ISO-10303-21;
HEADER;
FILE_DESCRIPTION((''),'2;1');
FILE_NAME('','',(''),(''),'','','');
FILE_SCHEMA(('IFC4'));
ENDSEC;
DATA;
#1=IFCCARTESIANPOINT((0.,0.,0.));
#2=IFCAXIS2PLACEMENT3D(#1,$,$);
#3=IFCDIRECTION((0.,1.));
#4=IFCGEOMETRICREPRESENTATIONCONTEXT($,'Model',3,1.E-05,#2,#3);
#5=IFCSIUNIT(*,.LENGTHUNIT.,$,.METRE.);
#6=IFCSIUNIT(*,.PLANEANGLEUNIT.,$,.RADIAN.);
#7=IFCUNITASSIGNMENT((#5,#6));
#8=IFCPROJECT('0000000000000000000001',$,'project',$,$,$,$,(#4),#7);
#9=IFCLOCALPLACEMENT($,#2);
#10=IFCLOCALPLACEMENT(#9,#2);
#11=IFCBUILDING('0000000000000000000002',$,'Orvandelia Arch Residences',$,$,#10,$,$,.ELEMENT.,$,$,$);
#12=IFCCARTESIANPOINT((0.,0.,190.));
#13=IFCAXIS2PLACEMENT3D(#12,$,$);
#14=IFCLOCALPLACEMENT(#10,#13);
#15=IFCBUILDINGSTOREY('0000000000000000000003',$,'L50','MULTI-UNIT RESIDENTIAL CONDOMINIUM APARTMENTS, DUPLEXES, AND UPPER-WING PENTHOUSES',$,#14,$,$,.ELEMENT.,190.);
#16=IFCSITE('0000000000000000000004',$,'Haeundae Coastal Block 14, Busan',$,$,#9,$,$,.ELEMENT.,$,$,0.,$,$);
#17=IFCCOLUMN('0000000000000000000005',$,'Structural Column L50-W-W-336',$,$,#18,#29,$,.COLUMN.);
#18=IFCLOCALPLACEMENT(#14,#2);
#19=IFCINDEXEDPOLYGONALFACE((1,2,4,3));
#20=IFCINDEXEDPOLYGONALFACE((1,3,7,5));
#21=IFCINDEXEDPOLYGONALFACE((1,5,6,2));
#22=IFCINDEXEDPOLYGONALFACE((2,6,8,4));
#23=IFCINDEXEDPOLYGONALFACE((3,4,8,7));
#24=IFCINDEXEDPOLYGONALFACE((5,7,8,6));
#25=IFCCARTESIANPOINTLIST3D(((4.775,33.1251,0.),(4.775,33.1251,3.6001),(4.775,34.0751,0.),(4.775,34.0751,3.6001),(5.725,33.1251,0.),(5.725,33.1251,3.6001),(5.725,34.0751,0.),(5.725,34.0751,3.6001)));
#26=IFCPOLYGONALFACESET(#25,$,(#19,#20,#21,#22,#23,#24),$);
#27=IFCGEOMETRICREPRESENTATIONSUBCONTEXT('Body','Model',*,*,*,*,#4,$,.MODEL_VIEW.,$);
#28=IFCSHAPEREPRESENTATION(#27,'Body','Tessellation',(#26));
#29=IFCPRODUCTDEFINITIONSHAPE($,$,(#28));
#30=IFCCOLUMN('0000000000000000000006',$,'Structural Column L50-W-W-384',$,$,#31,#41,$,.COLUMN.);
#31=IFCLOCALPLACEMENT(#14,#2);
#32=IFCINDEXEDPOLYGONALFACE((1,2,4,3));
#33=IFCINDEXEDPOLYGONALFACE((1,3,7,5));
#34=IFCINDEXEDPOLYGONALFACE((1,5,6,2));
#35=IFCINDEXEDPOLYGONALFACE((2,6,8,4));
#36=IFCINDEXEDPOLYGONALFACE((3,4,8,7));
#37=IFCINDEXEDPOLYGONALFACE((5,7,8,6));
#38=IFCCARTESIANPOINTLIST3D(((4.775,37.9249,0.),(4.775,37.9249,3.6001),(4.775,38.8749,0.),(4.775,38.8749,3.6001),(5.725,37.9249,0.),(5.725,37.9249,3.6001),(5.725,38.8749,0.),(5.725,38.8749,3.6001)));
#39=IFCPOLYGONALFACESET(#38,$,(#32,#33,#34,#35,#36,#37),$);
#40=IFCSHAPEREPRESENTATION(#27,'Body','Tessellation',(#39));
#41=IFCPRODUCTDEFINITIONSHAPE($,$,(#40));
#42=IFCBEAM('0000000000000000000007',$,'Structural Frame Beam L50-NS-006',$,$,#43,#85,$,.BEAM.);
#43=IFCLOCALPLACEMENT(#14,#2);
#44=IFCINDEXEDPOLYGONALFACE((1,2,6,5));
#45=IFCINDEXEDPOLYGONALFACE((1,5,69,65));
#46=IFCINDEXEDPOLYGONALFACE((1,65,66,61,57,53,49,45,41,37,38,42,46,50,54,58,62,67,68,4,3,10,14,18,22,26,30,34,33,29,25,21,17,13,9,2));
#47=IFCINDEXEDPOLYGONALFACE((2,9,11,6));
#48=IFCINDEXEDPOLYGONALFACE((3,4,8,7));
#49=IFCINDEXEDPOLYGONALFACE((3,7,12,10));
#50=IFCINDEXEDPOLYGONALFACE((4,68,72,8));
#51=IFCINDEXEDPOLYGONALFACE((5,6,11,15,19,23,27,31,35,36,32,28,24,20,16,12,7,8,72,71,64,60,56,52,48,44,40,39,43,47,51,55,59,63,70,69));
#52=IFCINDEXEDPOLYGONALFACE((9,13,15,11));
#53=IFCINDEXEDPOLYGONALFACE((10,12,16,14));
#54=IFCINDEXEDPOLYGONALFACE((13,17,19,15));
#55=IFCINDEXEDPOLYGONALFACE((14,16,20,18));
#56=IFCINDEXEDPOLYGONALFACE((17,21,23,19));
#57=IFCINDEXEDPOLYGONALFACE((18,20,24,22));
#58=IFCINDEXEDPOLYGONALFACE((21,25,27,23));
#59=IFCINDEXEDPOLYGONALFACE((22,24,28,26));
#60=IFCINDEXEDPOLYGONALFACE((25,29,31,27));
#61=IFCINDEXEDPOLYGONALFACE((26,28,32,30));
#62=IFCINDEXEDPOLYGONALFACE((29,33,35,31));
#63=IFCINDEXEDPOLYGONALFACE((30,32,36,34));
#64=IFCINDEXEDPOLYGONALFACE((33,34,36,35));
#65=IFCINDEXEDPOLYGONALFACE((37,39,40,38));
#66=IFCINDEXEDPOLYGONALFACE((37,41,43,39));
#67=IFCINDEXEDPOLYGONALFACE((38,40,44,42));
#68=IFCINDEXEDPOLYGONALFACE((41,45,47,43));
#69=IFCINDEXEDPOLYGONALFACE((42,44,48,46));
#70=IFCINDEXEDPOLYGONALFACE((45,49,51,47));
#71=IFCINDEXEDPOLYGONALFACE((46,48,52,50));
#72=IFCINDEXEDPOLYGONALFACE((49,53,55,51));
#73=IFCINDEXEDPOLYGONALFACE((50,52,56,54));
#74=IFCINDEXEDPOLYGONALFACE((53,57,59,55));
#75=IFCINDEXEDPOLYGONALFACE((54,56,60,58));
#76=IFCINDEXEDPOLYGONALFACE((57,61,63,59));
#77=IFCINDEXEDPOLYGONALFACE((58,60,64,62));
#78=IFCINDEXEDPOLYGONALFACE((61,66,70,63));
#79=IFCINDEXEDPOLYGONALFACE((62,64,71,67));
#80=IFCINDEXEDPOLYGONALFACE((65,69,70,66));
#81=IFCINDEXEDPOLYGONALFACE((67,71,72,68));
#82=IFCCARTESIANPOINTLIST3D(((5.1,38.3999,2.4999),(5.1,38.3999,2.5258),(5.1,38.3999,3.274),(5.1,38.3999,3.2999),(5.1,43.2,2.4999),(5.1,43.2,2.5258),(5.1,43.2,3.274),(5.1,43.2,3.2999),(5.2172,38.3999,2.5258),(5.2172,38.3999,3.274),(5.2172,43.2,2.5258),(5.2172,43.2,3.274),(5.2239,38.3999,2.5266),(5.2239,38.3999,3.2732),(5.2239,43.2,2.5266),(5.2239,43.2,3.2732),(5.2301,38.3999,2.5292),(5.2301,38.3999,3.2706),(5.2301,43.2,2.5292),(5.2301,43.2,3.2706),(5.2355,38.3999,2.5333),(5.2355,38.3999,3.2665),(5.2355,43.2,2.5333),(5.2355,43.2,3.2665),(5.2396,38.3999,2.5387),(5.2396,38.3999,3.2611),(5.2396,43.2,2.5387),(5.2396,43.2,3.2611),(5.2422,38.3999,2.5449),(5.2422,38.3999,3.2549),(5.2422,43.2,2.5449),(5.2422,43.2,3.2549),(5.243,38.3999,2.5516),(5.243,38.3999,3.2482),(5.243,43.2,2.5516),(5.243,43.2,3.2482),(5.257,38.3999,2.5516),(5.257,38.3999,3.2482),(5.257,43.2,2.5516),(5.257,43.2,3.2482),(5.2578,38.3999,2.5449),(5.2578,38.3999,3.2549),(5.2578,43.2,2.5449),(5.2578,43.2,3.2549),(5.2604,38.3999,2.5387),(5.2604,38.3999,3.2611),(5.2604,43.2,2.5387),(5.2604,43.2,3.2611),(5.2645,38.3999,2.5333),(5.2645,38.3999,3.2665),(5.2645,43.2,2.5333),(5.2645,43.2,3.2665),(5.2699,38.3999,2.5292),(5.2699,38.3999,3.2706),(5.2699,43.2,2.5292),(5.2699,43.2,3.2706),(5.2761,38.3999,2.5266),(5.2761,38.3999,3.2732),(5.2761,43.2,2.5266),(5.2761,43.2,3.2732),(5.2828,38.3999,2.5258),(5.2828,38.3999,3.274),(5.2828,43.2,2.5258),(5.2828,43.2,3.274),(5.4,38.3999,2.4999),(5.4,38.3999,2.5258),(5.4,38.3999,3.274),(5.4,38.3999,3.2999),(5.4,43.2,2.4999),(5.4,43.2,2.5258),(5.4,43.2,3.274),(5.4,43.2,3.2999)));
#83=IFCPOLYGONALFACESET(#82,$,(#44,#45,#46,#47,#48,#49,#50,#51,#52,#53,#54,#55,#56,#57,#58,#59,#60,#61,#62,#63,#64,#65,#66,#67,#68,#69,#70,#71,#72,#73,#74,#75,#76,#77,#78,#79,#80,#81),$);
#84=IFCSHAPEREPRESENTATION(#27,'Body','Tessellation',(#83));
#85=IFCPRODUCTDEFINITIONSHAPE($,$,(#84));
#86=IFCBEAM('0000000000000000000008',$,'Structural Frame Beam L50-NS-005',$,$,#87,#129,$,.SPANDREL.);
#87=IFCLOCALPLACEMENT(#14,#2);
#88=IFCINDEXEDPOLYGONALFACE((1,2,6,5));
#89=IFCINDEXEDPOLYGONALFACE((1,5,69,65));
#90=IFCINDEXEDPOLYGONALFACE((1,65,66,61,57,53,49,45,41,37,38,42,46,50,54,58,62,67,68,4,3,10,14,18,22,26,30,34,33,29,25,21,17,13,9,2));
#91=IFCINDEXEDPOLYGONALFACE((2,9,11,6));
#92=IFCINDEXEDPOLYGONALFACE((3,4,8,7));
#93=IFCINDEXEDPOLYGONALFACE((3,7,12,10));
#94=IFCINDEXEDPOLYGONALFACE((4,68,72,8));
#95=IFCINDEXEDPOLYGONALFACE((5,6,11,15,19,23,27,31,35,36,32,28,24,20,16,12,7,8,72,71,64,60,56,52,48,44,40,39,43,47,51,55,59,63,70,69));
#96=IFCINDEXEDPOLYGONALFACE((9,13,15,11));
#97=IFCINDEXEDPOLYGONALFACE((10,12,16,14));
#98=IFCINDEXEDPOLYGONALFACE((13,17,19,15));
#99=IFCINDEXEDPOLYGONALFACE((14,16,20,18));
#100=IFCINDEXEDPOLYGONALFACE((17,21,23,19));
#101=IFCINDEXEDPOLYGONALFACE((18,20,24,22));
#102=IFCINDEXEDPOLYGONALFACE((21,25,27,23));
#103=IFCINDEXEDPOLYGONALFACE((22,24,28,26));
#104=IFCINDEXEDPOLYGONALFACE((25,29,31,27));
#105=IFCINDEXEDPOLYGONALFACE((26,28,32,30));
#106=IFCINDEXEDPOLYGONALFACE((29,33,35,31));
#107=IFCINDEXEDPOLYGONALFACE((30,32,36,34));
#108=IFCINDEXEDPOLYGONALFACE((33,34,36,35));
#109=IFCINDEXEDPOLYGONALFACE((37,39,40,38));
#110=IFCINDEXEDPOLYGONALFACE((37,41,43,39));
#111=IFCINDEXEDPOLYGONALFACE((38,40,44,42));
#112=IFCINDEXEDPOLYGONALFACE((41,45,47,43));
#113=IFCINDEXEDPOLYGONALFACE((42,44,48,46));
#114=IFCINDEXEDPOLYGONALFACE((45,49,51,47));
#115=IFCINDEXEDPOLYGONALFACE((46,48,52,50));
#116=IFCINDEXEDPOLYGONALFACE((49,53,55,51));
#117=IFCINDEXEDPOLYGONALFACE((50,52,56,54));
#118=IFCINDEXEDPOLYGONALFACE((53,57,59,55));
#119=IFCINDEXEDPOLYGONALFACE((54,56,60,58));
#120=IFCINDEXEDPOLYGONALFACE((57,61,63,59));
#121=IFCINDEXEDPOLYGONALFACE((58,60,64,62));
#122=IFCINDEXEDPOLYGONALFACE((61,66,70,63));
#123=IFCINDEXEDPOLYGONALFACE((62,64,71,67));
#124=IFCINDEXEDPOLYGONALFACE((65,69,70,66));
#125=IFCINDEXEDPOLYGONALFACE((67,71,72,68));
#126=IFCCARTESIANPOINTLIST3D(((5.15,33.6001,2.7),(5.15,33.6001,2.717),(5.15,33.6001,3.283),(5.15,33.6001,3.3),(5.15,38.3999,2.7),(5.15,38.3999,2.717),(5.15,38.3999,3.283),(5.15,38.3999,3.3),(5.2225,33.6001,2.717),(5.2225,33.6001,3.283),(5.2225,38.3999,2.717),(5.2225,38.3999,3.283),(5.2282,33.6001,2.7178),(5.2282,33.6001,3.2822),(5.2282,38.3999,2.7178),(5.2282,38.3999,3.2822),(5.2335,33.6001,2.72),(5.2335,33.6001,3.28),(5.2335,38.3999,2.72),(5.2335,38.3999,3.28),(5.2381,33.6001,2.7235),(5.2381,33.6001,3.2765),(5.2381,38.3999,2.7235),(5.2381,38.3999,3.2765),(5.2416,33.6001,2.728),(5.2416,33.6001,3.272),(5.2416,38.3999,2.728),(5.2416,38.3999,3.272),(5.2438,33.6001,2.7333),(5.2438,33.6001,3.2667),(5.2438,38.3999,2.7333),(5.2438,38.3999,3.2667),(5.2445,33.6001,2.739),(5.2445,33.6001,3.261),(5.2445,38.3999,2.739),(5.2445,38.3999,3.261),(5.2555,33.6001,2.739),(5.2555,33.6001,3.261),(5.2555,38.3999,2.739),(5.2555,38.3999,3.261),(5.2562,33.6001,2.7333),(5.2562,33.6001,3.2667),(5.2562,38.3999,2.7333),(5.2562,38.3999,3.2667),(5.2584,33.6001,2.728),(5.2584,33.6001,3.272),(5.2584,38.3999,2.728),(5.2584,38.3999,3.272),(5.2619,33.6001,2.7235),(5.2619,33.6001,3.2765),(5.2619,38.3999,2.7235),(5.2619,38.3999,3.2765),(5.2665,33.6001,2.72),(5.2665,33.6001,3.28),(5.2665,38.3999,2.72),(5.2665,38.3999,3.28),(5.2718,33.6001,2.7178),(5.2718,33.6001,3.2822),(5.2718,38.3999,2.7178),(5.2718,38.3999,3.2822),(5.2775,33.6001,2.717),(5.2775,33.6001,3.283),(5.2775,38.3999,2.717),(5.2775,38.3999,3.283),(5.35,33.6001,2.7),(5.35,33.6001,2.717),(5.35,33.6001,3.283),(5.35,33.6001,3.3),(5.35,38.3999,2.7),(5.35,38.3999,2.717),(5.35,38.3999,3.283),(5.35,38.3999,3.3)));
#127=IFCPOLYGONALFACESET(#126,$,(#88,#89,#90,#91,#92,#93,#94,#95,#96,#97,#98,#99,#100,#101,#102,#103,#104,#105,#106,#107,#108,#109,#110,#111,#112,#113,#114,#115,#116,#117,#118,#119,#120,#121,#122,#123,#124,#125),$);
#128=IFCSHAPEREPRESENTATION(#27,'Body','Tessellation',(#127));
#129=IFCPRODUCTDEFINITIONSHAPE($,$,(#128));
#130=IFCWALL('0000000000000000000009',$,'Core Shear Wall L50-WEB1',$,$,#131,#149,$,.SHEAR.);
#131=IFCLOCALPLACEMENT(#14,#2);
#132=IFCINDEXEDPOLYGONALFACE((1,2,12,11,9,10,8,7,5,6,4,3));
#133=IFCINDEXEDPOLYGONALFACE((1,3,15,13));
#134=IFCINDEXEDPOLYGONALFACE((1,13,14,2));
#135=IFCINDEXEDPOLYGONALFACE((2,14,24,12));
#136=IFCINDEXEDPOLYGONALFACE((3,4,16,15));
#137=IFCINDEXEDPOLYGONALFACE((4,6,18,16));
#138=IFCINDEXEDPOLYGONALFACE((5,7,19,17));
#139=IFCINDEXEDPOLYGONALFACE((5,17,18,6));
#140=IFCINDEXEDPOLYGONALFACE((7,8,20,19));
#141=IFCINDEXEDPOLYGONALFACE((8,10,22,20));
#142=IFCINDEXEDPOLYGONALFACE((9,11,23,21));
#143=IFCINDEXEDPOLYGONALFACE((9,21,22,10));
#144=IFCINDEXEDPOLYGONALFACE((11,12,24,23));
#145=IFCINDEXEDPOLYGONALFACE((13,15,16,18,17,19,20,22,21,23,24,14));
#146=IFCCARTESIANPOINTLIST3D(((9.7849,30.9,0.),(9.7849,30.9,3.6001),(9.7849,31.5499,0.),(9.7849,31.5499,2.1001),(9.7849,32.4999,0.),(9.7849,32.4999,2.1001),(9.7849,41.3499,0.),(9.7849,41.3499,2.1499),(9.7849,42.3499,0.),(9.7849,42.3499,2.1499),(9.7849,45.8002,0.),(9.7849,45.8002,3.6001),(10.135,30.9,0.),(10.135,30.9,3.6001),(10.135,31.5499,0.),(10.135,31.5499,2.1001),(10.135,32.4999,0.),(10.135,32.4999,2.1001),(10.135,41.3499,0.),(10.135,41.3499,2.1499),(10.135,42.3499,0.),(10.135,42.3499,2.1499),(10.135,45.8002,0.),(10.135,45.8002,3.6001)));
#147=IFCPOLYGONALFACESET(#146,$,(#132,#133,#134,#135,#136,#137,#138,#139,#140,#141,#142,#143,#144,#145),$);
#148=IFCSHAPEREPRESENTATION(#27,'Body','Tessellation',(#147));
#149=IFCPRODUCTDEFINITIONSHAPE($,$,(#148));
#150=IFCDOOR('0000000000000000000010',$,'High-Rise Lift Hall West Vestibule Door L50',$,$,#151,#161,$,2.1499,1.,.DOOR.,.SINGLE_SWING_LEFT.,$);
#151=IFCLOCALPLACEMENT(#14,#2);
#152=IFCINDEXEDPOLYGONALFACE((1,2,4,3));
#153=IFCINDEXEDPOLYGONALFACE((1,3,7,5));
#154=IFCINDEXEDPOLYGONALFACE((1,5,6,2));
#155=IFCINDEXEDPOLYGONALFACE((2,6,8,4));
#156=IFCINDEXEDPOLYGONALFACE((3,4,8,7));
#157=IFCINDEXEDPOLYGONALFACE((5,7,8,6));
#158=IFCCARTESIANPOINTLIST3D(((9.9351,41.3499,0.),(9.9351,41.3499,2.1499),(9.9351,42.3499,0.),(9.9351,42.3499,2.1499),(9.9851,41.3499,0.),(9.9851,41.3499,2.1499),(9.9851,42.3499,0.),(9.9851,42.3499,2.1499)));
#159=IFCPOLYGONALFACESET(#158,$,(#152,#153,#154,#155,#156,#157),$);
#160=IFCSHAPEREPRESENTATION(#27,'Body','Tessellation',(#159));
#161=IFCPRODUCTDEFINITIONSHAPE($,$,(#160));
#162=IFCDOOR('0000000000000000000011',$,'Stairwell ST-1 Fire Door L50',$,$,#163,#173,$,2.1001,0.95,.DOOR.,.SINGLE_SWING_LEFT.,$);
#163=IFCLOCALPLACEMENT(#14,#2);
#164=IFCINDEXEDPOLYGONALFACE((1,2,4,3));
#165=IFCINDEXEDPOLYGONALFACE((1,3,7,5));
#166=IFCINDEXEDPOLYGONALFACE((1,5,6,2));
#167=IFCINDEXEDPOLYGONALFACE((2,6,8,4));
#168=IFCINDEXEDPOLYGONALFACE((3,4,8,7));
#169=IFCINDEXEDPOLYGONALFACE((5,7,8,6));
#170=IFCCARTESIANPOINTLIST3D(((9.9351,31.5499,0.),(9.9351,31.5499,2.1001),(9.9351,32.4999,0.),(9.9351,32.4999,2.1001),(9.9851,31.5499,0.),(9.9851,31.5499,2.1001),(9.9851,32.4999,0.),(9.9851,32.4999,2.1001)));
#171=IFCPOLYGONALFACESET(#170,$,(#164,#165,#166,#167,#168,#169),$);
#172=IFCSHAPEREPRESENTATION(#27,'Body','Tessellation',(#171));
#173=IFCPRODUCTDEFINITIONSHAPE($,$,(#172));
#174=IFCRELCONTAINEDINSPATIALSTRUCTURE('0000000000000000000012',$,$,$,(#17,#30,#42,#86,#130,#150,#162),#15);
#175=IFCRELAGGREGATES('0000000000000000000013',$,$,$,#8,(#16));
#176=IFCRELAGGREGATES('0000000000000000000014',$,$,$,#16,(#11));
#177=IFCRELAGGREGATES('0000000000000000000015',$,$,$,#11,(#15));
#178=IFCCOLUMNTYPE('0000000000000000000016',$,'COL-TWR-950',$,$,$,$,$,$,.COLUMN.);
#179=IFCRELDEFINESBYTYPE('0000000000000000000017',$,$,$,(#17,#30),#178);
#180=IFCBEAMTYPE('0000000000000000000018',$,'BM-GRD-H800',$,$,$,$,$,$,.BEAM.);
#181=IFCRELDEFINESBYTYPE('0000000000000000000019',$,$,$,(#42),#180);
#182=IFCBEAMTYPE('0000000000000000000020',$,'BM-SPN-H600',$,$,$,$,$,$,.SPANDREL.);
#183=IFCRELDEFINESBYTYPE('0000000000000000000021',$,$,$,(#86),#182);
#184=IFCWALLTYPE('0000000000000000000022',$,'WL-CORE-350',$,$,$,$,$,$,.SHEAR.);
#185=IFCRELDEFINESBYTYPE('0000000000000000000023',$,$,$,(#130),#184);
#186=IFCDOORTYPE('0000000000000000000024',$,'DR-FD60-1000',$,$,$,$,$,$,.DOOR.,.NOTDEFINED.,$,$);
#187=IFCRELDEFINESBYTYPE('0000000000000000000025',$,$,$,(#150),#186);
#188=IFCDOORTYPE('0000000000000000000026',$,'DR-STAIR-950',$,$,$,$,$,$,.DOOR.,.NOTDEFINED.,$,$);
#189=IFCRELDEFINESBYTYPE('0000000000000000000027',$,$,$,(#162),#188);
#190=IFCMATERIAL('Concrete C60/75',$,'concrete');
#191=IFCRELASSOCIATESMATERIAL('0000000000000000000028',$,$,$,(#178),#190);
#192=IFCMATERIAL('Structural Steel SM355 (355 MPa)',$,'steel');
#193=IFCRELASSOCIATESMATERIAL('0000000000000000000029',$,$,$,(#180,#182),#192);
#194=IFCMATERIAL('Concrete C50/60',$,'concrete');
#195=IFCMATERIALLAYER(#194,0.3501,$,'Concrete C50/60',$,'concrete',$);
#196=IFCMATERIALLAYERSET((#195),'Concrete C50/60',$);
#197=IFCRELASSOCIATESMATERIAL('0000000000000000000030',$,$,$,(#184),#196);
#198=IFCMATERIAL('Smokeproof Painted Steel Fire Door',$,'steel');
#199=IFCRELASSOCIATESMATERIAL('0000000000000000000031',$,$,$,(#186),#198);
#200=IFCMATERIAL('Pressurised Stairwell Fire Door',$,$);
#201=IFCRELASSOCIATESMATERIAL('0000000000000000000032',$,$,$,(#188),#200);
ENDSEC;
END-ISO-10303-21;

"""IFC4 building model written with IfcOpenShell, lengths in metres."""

from ifc_helpers import new_model, si_unit, direction, frame, frame_2d, origin, origin_2d, place, context, subcontext, project, spatial, rectangle, i_section, extrude, material, layer, layer_set, material_profile, profile_set, type_object, element, fill, save


model = new_model("IFC4")

# Units and contexts
model_context = context("Model", 3, precision=1e-05, world=origin(), true_north=direction((0.0, 1.0)))
body_context = subcontext(model_context, "Body", "Model", "MODEL_VIEW")
ifc_project = project(units=[si_unit("LENGTHUNIT", "METRE"), si_unit("PLANEANGLEUNIT", "RADIAN")], contexts=[model_context])

# Site, building, storey
site_placement = place(None, origin())
site = spatial("IfcSite", under=ifc_project, at=site_placement, Name="Haeundae Coastal Block 14, Busan", CompositionType="ELEMENT", RefElevation=0.0)
building_placement = place(site_placement, origin())
building = spatial("IfcBuilding", under=site, at=building_placement, Name="Orvandelia Arch Residences", CompositionType="ELEMENT")
storey_placement = place(building_placement, frame((0.0, 0.0, 190.0)))
storey = spatial("IfcBuildingStorey", under=building, at=storey_placement, Name="L50", Description="MULTI-UNIT RESIDENTIAL CONDOMINIUM APARTMENTS, DUPLEXES, AND UPPER-WING PENTHOUSES", CompositionType="ELEMENT", Elevation=190.0)

# Columns
ifc_material_1 = material(Name="Concrete C60/75", Category="concrete")
ifc_material_profile_1 = material_profile(ifc_material_1, rectangle(XDim=0.95, YDim=0.95, at=origin_2d()), Name="Concrete C60/75", Category="concrete")
ifc_profile_set_1 = profile_set([ifc_material_profile_1], Name="Concrete C60/75")
column_type = type_object("IfcColumnType", Name="COL-TWR-950", PredefinedType="COLUMN", material=ifc_profile_set_1)
for number, where, z_axis, x_axis, name in (
    (1, (5.25, 33.6001, 0.0), (0.0, 0.0, 1.0), (1.0, 0.0, 0.0), "Structural Column L50-W-W-336"),
    (2, (5.25, 38.3999, 0.0), (0.0, 0.0, 1.0), (1.0, 0.0, 0.0), "Structural Column L50-W-W-384"),
):
    element("IfcColumn", number, at=place(storey_placement, frame(where, z_axis=z_axis, x_axis=x_axis)), inside=storey, type_object=column_type, Name=name, PredefinedType="COLUMN", context=body_context, shape_type="SweptSolid", body=[
        extrude(rectangle(XDim=0.95, YDim=0.95, at=origin_2d()), origin(), (0.0, 0.0, 1.0), 3.6001),
    ])

# Beams
ifc_material_2 = material(Name="Structural Steel SM355 (355 MPa)", Category="steel")
ifc_material_profile_2 = material_profile(ifc_material_2, i_section(OverallWidth=0.3, OverallDepth=0.8, WebThickness=0.0139, FlangeThickness=0.0259, FilletRadius=0.0259, at=origin_2d()), Name="Structural Steel SM355 (355 MPa)", Category="steel")
ifc_profile_set_2 = profile_set([ifc_material_profile_2], Name="Structural Steel SM355 (355 MPa)")
beam_type_1 = type_object("IfcBeamType", Name="BM-GRD-H800", PredefinedType="BEAM", material=ifc_profile_set_2)
beam_1_placement = place(storey_placement, frame((5.25, 38.3999, 2.8999), z_axis=(0.0, 1.0, 0.0), x_axis=(-1.0, 0.0, 0.0)))
element("IfcBeam", 3, at=beam_1_placement, inside=storey, type_object=beam_type_1, Name="Structural Frame Beam L50-NS-006", PredefinedType="BEAM", context=body_context, shape_type="SweptSolid", body=[
    extrude(i_section(OverallWidth=0.3, OverallDepth=0.8, WebThickness=0.0139, FlangeThickness=0.0259, FilletRadius=0.0259, at=origin_2d()), origin(), (0.0, 0.0, 1.0), 4.8),
])
ifc_material_profile_3 = material_profile(ifc_material_2, i_section(OverallWidth=0.2, OverallDepth=0.6001, WebThickness=0.011, FlangeThickness=0.0171, FilletRadius=0.022, at=origin_2d()), Name="Structural Steel SM355 (355 MPa)", Category="steel")
ifc_profile_set_3 = profile_set([ifc_material_profile_3], Name="Structural Steel SM355 (355 MPa)")
beam_type_2 = type_object("IfcBeamType", Name="BM-SPN-H600", PredefinedType="SPANDREL", material=ifc_profile_set_3)
beam_2_placement = place(storey_placement, frame((5.25, 33.6001, 3.0), z_axis=(0.0, 1.0, 0.0), x_axis=(-1.0, 0.0, 0.0)))
element("IfcBeam", 4, at=beam_2_placement, inside=storey, type_object=beam_type_2, Name="Structural Frame Beam L50-NS-005", PredefinedType="SPANDREL", context=body_context, shape_type="SweptSolid", body=[
    extrude(i_section(OverallWidth=0.2, OverallDepth=0.6001, WebThickness=0.011, FlangeThickness=0.0171, FilletRadius=0.022, at=origin_2d()), origin(), (0.0, 0.0, 1.0), 4.7998),
])

# Wall, openings, doors
ifc_material_3 = material(Name="Concrete C50/60", Category="concrete")
ifc_layer = layer(ifc_material_3, 0.3501, Name="Concrete C50/60", Category="concrete")
ifc_layer_set = layer_set([ifc_layer], Name="Concrete C50/60")
wall_type = type_object("IfcWallType", Name="WL-CORE-350", PredefinedType="SHEAR", material=ifc_layer_set)
wall_1_placement = place(storey_placement, frame((9.96, 30.8999, 0.0), z_axis=(0.0, 0.0, 1.0), x_axis=(0.0, 1.0, 0.0)))
wall_1 = element("IfcWall", 5, at=wall_1_placement, inside=storey, type_object=wall_type, Name="Core Shear Wall L50-WEB1", PredefinedType="SHEAR", context=body_context, shape_type="SweptSolid", body=[
    extrude(rectangle(XDim=14.9001, YDim=0.3501, at=frame_2d((7.4502, 0.0))), origin(), (0.0, 0.0, 1.0), 3.6001),
])
opening_1_placement = place(wall_1_placement, frame((0.6499, 0.0, 0.0)))
opening_1 = element("IfcOpeningElement", 6, at=opening_1_placement, cuts=wall_1, PredefinedType="OPENING", context=body_context, shape_type="SweptSolid", body=[
    extrude(rectangle(XDim=0.95, YDim=2.1001, at=frame_2d((0.4751, 1.05))), frame((0.0, 0.1851, 0.0), z_axis=(0.0, -1.0, 0.0), x_axis=(1.0, 0.0, 0.0)), (0.0, 0.0, 1.0), 0.3701),
])
opening_2_placement = place(wall_1_placement, frame((10.45, 0.0, 0.0)))
opening_2 = element("IfcOpeningElement", 7, at=opening_2_placement, cuts=wall_1, PredefinedType="OPENING", context=body_context, shape_type="SweptSolid", body=[
    extrude(rectangle(XDim=1.0, YDim=2.1499, at=frame_2d((0.5, 1.075))), frame((0.0, 0.1851, 0.0), z_axis=(0.0, -1.0, 0.0), x_axis=(1.0, 0.0, 0.0)), (0.0, 0.0, 1.0), 0.3701),
])
ifc_material_4 = material(Name="Smokeproof Painted Steel Fire Door", Category="steel")
door_type_1 = type_object("IfcDoorType", Name="DR-FD60-1000", OperationType="NOTDEFINED", PredefinedType="DOOR", material=ifc_material_4)
door_1_placement = place(opening_2_placement, origin())
door_1 = element("IfcDoor", 8, at=door_1_placement, inside=storey, type_object=door_type_1, Name="High-Rise Lift Hall West Vestibule Door L50", OperationType="SINGLE_SWING_LEFT", OverallHeight=2.1499, OverallWidth=1.0, PredefinedType="DOOR", context=body_context, shape_type="SweptSolid", body=[
    extrude(rectangle(XDim=1.0, YDim=2.1499, at=frame_2d((0.5, 1.075))), frame((0.0, 0.0249, 0.0), z_axis=(0.0, -1.0, 0.0), x_axis=(1.0, 0.0, 0.0)), (0.0, 0.0, 1.0), 0.05),
])
fill(opening_2, door_1)
ifc_material_5 = material(Name="Pressurised Stairwell Fire Door")
door_type_2 = type_object("IfcDoorType", Name="DR-STAIR-950", OperationType="NOTDEFINED", PredefinedType="DOOR", material=ifc_material_5)
door_2_placement = place(opening_1_placement, origin())
door_2 = element("IfcDoor", 9, at=door_2_placement, inside=storey, type_object=door_type_2, Name="Stairwell ST-1 Fire Door L50", OperationType="SINGLE_SWING_LEFT", OverallHeight=2.1001, OverallWidth=0.95, PredefinedType="DOOR", context=body_context, shape_type="SweptSolid", body=[
    extrude(rectangle(XDim=0.95, YDim=2.1001, at=frame_2d((0.4751, 1.05))), frame((0.0, 0.0249, 0.0), z_axis=(0.0, -1.0, 0.0), x_axis=(1.0, 0.0, 0.0)), (0.0, 0.0, 1.0), 0.05),
])
fill(opening_1, door_2)

save(model, "model.ifc")
